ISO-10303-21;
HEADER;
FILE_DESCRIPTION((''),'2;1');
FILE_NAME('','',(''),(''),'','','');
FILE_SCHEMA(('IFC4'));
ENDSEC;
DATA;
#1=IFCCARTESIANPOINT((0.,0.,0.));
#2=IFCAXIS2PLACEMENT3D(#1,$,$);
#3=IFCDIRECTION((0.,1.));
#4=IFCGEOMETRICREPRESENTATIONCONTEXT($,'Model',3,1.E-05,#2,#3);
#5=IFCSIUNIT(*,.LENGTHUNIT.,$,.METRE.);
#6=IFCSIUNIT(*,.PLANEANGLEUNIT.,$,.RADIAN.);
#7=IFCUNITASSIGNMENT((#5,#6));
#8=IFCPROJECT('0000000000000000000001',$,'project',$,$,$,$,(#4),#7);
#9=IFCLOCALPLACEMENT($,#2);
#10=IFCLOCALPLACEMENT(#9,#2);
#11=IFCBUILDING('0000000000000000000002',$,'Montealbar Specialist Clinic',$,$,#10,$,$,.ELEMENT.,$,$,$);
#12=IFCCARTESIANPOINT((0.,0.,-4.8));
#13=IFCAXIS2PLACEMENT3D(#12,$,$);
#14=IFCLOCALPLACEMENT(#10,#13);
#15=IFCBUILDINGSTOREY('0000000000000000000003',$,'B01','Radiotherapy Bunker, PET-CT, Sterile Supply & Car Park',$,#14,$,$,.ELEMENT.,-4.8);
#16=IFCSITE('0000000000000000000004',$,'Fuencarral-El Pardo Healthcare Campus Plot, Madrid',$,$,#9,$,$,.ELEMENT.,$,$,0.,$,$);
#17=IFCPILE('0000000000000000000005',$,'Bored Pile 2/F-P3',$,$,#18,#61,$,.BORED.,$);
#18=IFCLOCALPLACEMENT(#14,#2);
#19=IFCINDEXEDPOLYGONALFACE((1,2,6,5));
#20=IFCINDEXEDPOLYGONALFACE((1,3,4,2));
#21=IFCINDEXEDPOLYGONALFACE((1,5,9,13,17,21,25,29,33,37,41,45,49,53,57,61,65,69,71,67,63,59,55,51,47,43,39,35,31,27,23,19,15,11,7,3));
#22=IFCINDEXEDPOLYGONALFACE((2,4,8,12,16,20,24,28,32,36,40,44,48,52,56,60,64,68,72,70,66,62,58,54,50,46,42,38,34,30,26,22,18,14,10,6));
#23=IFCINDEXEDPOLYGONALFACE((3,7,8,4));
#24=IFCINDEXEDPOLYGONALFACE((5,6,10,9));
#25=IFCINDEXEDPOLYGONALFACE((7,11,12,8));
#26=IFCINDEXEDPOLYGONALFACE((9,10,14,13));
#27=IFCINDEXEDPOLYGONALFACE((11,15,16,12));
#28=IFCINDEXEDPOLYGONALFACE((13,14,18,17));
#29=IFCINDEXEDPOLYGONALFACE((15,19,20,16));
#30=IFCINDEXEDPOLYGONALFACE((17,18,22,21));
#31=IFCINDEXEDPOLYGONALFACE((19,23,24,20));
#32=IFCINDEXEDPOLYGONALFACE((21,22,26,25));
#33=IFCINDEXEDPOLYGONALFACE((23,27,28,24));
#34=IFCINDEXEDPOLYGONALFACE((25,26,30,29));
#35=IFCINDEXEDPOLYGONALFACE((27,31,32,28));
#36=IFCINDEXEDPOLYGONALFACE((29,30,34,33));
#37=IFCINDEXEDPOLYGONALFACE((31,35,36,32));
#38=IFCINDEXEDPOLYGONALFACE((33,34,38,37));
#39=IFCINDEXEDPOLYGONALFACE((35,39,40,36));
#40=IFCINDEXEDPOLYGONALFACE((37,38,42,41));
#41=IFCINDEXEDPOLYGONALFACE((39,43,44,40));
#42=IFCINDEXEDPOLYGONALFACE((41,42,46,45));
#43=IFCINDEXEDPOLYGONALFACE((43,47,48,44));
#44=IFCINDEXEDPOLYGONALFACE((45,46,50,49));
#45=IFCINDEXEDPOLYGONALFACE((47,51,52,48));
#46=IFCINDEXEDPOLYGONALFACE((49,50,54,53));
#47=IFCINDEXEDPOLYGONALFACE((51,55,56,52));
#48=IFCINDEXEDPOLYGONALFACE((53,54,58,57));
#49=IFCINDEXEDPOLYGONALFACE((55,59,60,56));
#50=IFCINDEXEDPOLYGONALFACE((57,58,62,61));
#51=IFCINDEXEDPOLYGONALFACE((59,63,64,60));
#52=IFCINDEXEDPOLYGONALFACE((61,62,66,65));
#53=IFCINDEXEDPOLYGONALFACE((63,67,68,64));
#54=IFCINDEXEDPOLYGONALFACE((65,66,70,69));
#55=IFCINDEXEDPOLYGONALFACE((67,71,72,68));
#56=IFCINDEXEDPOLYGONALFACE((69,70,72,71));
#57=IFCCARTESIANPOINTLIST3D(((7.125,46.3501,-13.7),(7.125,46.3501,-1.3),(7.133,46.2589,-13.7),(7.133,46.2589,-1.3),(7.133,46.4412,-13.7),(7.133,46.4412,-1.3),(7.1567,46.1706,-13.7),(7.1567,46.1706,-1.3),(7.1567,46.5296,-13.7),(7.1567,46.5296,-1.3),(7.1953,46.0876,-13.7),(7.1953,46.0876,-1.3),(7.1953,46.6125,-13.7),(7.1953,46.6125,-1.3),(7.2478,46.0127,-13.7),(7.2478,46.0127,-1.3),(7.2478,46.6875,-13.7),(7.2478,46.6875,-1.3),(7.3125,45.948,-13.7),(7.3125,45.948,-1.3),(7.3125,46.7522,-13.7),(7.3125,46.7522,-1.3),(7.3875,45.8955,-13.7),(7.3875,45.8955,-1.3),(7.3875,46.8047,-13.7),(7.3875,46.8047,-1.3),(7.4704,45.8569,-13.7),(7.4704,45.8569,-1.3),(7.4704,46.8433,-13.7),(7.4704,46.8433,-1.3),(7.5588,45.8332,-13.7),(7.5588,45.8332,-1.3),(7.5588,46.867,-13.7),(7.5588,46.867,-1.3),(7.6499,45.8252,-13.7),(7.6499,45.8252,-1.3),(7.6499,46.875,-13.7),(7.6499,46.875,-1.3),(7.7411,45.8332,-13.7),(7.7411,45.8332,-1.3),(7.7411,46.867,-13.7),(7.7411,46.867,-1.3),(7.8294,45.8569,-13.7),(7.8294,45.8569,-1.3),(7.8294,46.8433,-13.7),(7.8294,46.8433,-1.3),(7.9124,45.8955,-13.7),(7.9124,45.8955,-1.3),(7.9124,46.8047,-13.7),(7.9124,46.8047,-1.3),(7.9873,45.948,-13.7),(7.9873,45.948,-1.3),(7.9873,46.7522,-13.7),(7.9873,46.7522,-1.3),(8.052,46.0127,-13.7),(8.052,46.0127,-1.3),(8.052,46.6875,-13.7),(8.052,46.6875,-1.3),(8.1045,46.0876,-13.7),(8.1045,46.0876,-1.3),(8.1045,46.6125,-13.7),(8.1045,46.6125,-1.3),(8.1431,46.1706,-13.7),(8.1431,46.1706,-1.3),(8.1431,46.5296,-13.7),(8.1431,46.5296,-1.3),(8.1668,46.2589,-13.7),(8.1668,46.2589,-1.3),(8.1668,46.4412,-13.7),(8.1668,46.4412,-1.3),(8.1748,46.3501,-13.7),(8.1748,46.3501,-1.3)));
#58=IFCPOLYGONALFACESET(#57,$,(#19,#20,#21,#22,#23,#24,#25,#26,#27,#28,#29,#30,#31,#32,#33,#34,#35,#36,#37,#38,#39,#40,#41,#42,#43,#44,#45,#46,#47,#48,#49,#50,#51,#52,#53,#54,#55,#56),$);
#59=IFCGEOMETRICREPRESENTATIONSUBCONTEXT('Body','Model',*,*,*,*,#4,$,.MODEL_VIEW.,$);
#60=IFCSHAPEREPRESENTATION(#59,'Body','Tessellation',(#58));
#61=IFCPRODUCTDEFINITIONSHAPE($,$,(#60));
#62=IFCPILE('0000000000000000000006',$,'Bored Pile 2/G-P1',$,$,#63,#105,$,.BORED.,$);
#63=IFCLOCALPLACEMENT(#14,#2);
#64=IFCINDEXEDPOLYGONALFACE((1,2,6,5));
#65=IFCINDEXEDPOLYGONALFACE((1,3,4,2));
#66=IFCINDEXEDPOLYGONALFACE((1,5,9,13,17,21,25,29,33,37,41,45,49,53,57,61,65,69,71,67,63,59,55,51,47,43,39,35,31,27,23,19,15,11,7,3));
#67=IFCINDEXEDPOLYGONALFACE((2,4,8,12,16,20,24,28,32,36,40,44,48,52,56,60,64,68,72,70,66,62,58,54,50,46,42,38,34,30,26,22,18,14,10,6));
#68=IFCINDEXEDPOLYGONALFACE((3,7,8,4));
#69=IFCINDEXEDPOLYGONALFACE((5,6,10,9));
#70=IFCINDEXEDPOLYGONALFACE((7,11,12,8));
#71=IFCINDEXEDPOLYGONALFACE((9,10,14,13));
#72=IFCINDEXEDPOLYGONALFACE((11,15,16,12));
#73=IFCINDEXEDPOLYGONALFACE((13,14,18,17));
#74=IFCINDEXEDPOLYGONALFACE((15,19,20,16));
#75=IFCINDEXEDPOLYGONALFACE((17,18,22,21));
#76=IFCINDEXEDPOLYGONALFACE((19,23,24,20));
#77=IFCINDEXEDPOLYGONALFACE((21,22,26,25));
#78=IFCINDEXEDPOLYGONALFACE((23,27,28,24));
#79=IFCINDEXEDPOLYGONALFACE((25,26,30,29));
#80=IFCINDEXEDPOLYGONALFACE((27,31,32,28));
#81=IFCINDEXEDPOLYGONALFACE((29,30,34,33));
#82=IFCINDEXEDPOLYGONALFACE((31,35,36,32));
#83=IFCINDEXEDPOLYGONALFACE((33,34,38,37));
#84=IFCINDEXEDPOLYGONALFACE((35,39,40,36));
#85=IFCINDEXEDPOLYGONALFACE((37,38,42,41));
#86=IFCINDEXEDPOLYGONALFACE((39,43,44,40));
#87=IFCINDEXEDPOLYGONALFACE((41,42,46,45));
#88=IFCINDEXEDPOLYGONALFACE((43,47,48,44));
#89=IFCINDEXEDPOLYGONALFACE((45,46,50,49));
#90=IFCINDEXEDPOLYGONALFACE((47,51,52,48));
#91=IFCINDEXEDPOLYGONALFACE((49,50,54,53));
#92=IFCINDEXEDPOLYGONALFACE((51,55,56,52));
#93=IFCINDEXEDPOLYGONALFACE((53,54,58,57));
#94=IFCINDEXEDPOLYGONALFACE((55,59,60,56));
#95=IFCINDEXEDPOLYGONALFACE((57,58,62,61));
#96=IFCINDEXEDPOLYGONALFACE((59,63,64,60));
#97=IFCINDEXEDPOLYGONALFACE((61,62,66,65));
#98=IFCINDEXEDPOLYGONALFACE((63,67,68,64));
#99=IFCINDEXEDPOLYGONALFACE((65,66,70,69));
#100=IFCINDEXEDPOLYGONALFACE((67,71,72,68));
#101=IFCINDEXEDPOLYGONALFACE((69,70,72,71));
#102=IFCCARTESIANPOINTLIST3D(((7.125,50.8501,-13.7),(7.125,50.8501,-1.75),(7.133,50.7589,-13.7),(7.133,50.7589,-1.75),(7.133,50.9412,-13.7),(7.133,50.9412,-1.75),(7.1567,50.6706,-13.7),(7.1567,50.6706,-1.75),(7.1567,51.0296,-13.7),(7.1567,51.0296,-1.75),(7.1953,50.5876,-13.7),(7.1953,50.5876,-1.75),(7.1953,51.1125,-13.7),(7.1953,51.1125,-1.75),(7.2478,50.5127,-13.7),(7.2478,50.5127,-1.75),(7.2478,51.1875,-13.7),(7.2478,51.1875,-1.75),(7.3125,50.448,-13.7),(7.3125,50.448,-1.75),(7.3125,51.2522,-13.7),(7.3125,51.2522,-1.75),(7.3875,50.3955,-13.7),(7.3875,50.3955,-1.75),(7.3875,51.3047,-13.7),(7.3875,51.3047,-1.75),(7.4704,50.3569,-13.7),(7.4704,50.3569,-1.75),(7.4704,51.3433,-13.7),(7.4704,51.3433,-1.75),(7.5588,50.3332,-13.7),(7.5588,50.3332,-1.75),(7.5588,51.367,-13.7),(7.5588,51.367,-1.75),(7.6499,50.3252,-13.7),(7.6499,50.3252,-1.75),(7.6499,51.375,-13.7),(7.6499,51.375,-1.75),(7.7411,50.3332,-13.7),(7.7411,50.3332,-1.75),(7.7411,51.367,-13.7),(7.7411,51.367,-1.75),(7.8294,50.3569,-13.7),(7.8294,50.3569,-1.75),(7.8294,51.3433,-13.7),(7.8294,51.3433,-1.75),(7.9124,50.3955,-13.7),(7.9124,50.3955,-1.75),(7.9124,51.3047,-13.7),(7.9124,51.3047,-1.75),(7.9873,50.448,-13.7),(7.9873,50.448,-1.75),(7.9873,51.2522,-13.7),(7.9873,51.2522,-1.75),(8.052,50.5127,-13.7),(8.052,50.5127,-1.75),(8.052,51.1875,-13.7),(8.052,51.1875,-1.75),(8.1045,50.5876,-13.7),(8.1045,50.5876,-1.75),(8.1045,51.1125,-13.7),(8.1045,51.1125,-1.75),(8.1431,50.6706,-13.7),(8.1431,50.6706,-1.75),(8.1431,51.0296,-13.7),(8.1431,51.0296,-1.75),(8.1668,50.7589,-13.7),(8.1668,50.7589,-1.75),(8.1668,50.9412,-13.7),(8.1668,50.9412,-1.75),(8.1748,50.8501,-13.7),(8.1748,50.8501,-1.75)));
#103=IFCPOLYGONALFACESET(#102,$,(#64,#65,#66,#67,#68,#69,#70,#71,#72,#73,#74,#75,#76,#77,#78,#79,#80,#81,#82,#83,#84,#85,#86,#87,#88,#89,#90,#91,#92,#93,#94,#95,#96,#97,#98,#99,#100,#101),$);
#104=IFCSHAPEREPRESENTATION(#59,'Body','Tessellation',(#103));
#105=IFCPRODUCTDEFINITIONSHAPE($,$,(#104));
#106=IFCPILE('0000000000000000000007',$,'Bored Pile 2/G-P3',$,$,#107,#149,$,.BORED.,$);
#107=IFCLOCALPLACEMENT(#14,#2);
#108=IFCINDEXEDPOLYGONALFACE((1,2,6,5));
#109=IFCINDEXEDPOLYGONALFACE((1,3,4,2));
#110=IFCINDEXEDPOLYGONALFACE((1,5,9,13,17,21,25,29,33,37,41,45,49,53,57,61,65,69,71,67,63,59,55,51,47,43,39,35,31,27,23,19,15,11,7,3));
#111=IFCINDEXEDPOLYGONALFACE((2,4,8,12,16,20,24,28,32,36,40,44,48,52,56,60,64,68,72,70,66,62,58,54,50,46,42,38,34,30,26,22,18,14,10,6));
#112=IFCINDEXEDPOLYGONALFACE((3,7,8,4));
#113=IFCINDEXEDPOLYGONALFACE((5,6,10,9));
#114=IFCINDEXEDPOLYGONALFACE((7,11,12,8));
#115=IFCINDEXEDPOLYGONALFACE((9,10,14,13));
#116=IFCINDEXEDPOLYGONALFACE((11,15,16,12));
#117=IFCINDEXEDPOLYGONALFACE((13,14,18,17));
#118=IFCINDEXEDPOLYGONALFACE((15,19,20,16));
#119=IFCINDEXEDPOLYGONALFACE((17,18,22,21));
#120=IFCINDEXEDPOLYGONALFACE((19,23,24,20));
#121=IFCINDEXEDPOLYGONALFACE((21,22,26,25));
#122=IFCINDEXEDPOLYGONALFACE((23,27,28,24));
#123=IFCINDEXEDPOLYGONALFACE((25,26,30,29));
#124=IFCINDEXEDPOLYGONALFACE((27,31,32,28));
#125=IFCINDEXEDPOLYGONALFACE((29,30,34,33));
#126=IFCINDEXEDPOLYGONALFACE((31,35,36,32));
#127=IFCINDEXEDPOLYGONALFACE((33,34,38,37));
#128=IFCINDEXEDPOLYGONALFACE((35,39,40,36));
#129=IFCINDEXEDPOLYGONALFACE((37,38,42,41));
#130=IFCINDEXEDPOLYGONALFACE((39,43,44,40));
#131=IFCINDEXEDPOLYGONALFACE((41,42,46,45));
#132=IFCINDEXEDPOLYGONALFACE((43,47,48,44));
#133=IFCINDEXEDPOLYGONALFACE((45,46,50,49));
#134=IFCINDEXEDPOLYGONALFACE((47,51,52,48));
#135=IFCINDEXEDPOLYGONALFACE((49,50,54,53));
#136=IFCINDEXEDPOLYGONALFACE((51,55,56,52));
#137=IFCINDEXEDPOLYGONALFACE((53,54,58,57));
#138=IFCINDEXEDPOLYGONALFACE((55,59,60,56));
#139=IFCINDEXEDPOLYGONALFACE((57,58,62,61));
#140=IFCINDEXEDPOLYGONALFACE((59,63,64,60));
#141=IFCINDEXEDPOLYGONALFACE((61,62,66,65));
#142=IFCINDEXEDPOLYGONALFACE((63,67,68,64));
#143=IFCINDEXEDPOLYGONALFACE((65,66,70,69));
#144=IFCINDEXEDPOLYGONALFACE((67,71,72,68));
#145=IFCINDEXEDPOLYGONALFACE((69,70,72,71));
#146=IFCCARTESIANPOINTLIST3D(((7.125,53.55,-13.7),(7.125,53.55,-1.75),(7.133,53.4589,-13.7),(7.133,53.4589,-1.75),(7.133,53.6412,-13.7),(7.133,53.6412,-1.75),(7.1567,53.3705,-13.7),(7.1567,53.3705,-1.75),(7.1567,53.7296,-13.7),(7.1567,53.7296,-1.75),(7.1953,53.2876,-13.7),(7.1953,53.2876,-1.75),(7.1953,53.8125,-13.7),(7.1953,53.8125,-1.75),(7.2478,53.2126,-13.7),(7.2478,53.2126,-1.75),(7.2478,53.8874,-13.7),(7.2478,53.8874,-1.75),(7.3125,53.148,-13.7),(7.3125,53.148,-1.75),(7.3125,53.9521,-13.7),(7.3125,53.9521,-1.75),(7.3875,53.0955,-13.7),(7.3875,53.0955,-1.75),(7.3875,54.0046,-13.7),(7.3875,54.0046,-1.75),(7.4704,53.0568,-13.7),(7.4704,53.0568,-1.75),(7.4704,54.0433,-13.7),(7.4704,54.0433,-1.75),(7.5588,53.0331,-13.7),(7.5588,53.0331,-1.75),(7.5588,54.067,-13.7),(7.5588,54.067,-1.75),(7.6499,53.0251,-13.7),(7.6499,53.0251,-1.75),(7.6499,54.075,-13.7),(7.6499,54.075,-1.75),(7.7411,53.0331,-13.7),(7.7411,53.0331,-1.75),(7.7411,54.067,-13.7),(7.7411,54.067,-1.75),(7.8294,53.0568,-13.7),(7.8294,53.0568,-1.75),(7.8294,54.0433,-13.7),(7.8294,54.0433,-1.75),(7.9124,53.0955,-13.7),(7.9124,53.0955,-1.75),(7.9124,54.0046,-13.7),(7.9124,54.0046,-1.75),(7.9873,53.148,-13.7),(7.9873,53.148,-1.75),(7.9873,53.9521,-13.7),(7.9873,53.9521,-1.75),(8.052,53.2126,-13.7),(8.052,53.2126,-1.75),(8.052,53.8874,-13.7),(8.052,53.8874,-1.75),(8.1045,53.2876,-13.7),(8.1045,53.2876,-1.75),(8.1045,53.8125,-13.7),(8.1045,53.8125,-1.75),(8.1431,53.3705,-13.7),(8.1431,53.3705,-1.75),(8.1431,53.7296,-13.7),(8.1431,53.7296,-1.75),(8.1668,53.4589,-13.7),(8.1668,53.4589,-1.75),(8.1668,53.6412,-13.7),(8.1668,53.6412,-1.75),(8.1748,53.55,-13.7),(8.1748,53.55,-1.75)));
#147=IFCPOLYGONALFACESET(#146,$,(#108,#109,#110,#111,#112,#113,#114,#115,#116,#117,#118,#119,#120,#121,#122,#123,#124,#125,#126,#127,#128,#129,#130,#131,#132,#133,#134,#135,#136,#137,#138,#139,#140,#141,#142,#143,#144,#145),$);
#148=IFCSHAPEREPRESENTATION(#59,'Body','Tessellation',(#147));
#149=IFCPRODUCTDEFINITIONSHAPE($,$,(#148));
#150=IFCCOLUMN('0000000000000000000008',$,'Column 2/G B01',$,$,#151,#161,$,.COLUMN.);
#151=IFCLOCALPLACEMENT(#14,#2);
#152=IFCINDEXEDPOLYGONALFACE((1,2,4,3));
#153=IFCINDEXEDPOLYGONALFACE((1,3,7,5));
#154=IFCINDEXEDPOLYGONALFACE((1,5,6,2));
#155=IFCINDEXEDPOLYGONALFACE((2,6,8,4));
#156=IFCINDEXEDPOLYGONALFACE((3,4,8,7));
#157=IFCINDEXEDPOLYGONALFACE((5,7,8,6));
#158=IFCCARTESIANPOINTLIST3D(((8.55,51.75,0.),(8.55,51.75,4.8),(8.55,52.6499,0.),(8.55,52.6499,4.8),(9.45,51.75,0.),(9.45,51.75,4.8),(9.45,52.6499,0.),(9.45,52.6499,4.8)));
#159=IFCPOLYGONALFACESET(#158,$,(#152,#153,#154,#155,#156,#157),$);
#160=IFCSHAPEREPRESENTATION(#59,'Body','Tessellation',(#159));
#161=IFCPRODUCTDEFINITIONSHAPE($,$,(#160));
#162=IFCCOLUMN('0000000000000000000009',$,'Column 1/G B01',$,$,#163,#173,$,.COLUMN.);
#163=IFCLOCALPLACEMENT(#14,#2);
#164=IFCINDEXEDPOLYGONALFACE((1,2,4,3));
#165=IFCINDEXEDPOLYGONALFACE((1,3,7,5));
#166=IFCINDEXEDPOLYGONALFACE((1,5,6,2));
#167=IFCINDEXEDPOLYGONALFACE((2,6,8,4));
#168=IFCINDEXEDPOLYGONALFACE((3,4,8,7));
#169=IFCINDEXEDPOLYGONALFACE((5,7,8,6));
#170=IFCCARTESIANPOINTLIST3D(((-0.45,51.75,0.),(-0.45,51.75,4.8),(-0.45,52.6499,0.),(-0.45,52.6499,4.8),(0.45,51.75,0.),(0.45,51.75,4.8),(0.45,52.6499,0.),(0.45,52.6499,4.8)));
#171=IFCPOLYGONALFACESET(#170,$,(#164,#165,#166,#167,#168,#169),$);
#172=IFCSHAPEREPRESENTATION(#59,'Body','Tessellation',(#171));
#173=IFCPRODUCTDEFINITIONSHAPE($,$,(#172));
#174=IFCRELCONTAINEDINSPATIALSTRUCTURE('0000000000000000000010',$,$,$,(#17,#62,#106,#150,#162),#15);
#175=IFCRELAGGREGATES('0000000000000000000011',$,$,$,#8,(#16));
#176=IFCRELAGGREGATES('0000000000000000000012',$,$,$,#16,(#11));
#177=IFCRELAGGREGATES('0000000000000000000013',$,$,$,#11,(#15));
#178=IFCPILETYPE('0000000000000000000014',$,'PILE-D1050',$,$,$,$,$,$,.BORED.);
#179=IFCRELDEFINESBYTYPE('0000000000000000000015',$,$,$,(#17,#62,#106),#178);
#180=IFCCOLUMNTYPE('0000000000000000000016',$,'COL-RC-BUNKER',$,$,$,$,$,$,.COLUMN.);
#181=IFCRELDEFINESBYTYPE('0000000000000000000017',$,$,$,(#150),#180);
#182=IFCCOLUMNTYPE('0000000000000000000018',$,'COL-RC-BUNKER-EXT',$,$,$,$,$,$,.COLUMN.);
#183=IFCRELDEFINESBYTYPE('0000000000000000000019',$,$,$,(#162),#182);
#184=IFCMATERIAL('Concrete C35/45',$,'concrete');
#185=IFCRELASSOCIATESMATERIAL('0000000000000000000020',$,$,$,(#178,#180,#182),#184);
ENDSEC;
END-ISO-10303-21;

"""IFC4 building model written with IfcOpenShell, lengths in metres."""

from ifc_helpers import new_model, si_unit, direction, frame, origin, origin_2d, place, context, subcontext, project, spatial, rectangle, circle, extrude, material, material_profile, profile_set, type_object, element, save


model = new_model("IFC4")

# Units and contexts
model_context = context("Model", 3, precision=1e-05, world=origin(), true_north=direction((0.0, 1.0)))
body_context = subcontext(model_context, "Body", "Model", "MODEL_VIEW")
ifc_project = project(units=[si_unit("LENGTHUNIT", "METRE"), si_unit("PLANEANGLEUNIT", "RADIAN")], contexts=[model_context])

# Site, building, storey
site_placement = place(None, origin())
site = spatial("IfcSite", under=ifc_project, at=site_placement, Name="Fuencarral-El Pardo Healthcare Campus Plot, Madrid", CompositionType="ELEMENT", RefElevation=0.0)
building_placement = place(site_placement, origin())
building = spatial("IfcBuilding", under=site, at=building_placement, Name="Montealbar Specialist Clinic", CompositionType="ELEMENT")
storey_placement = place(building_placement, frame((0.0, 0.0, -4.8)))
storey = spatial("IfcBuildingStorey", under=building, at=storey_placement, Name="B01", Description="Radiotherapy Bunker, PET-CT, Sterile Supply & Car Park", CompositionType="ELEMENT", Elevation=-4.8)

# Shared definitions
ifc_material_1 = material(Name="Concrete C35/45", Category="concrete")

# Piles
ifc_material_profile_1 = material_profile(ifc_material_1, circle(Radius=0.5249, at=origin_2d()), Name="PILE D1050", Category="concrete")
ifc_profile_set_1 = profile_set([ifc_material_profile_1], Name="Concrete C35/45")
pile_type = type_object("IfcPileType", Name="PILE-D1050", PredefinedType="BORED", material=ifc_profile_set_1)
for number, where, z_axis, x_axis, name in (
    (1, (7.6499, 46.3501, -1.3), (0.0, 0.0, -1.0), (1.0, 0.0, 0.0), "Bored Pile 2/F-P3"),
):
    element("IfcPile", number, at=place(storey_placement, frame(where, z_axis=z_axis, x_axis=x_axis)), inside=storey, type_object=pile_type, Name=name, PredefinedType="BORED", context=body_context, shape_type="SweptSolid", body=[
        extrude(circle(Radius=0.5249, at=origin_2d()), origin(), (0.0, 0.0, 1.0), 12.3999),
    ])
for number, where, z_axis, x_axis, name in (
    (2, (7.6499, 50.8501, -1.75), (0.0, 0.0, -1.0), (1.0, 0.0, 0.0), "Bored Pile 2/G-P1"),
    (3, (7.6499, 53.55, -1.75), (0.0, 0.0, -1.0), (1.0, 0.0, 0.0), "Bored Pile 2/G-P3"),
):
    element("IfcPile", number, at=place(storey_placement, frame(where, z_axis=z_axis, x_axis=x_axis)), inside=storey, type_object=pile_type, Name=name, PredefinedType="BORED", context=body_context, shape_type="SweptSolid", body=[
        extrude(circle(Radius=0.5249, at=origin_2d()), origin(), (0.0, 0.0, 1.0), 11.95),
    ])

# Columns
ifc_material_profile_2 = material_profile(ifc_material_1, rectangle(XDim=0.8999, YDim=0.8999, at=origin_2d()), Name="RC 900x900", Category="concrete")
ifc_profile_set_2 = profile_set([ifc_material_profile_2], Name="Concrete C35/45")
column_type_1 = type_object("IfcColumnType", Name="COL-RC-BUNKER", PredefinedType="COLUMN", material=ifc_profile_set_2)
column_1_placement = place(storey_placement, frame((9.0, 52.2, 0.0), z_axis=(0.0, 0.0, 1.0), x_axis=(1.0, 0.0, 0.0)))
element("IfcColumn", 4, at=column_1_placement, inside=storey, type_object=column_type_1, Name="Column 2/G B01", PredefinedType="COLUMN", context=body_context, shape_type="SweptSolid", body=[
    extrude(rectangle(XDim=0.8999, YDim=0.8999, at=origin_2d()), origin(), (0.0, 0.0, 1.0), 4.8),
])
ifc_material_profile_3 = material_profile(ifc_material_1, rectangle(XDim=0.8999, YDim=0.8999, at=origin_2d()), Name="RC 900x900", Category="concrete")
ifc_profile_set_3 = profile_set([ifc_material_profile_3], Name="Concrete C35/45")
column_type_2 = type_object("IfcColumnType", Name="COL-RC-BUNKER-EXT", PredefinedType="COLUMN", material=ifc_profile_set_3)
column_2_placement = place(storey_placement, frame((0.0, 52.2, 0.0), z_axis=(0.0, 0.0, 1.0), x_axis=(1.0, 0.0, 0.0)))
element("IfcColumn", 5, at=column_2_placement, inside=storey, type_object=column_type_2, Name="Column 1/G B01", PredefinedType="COLUMN", context=body_context, shape_type="SweptSolid", body=[
    extrude(rectangle(XDim=0.8999, YDim=0.8999, at=origin_2d()), origin(), (0.0, 0.0, 1.0), 4.8),
])

save(model, "model.ifc")
